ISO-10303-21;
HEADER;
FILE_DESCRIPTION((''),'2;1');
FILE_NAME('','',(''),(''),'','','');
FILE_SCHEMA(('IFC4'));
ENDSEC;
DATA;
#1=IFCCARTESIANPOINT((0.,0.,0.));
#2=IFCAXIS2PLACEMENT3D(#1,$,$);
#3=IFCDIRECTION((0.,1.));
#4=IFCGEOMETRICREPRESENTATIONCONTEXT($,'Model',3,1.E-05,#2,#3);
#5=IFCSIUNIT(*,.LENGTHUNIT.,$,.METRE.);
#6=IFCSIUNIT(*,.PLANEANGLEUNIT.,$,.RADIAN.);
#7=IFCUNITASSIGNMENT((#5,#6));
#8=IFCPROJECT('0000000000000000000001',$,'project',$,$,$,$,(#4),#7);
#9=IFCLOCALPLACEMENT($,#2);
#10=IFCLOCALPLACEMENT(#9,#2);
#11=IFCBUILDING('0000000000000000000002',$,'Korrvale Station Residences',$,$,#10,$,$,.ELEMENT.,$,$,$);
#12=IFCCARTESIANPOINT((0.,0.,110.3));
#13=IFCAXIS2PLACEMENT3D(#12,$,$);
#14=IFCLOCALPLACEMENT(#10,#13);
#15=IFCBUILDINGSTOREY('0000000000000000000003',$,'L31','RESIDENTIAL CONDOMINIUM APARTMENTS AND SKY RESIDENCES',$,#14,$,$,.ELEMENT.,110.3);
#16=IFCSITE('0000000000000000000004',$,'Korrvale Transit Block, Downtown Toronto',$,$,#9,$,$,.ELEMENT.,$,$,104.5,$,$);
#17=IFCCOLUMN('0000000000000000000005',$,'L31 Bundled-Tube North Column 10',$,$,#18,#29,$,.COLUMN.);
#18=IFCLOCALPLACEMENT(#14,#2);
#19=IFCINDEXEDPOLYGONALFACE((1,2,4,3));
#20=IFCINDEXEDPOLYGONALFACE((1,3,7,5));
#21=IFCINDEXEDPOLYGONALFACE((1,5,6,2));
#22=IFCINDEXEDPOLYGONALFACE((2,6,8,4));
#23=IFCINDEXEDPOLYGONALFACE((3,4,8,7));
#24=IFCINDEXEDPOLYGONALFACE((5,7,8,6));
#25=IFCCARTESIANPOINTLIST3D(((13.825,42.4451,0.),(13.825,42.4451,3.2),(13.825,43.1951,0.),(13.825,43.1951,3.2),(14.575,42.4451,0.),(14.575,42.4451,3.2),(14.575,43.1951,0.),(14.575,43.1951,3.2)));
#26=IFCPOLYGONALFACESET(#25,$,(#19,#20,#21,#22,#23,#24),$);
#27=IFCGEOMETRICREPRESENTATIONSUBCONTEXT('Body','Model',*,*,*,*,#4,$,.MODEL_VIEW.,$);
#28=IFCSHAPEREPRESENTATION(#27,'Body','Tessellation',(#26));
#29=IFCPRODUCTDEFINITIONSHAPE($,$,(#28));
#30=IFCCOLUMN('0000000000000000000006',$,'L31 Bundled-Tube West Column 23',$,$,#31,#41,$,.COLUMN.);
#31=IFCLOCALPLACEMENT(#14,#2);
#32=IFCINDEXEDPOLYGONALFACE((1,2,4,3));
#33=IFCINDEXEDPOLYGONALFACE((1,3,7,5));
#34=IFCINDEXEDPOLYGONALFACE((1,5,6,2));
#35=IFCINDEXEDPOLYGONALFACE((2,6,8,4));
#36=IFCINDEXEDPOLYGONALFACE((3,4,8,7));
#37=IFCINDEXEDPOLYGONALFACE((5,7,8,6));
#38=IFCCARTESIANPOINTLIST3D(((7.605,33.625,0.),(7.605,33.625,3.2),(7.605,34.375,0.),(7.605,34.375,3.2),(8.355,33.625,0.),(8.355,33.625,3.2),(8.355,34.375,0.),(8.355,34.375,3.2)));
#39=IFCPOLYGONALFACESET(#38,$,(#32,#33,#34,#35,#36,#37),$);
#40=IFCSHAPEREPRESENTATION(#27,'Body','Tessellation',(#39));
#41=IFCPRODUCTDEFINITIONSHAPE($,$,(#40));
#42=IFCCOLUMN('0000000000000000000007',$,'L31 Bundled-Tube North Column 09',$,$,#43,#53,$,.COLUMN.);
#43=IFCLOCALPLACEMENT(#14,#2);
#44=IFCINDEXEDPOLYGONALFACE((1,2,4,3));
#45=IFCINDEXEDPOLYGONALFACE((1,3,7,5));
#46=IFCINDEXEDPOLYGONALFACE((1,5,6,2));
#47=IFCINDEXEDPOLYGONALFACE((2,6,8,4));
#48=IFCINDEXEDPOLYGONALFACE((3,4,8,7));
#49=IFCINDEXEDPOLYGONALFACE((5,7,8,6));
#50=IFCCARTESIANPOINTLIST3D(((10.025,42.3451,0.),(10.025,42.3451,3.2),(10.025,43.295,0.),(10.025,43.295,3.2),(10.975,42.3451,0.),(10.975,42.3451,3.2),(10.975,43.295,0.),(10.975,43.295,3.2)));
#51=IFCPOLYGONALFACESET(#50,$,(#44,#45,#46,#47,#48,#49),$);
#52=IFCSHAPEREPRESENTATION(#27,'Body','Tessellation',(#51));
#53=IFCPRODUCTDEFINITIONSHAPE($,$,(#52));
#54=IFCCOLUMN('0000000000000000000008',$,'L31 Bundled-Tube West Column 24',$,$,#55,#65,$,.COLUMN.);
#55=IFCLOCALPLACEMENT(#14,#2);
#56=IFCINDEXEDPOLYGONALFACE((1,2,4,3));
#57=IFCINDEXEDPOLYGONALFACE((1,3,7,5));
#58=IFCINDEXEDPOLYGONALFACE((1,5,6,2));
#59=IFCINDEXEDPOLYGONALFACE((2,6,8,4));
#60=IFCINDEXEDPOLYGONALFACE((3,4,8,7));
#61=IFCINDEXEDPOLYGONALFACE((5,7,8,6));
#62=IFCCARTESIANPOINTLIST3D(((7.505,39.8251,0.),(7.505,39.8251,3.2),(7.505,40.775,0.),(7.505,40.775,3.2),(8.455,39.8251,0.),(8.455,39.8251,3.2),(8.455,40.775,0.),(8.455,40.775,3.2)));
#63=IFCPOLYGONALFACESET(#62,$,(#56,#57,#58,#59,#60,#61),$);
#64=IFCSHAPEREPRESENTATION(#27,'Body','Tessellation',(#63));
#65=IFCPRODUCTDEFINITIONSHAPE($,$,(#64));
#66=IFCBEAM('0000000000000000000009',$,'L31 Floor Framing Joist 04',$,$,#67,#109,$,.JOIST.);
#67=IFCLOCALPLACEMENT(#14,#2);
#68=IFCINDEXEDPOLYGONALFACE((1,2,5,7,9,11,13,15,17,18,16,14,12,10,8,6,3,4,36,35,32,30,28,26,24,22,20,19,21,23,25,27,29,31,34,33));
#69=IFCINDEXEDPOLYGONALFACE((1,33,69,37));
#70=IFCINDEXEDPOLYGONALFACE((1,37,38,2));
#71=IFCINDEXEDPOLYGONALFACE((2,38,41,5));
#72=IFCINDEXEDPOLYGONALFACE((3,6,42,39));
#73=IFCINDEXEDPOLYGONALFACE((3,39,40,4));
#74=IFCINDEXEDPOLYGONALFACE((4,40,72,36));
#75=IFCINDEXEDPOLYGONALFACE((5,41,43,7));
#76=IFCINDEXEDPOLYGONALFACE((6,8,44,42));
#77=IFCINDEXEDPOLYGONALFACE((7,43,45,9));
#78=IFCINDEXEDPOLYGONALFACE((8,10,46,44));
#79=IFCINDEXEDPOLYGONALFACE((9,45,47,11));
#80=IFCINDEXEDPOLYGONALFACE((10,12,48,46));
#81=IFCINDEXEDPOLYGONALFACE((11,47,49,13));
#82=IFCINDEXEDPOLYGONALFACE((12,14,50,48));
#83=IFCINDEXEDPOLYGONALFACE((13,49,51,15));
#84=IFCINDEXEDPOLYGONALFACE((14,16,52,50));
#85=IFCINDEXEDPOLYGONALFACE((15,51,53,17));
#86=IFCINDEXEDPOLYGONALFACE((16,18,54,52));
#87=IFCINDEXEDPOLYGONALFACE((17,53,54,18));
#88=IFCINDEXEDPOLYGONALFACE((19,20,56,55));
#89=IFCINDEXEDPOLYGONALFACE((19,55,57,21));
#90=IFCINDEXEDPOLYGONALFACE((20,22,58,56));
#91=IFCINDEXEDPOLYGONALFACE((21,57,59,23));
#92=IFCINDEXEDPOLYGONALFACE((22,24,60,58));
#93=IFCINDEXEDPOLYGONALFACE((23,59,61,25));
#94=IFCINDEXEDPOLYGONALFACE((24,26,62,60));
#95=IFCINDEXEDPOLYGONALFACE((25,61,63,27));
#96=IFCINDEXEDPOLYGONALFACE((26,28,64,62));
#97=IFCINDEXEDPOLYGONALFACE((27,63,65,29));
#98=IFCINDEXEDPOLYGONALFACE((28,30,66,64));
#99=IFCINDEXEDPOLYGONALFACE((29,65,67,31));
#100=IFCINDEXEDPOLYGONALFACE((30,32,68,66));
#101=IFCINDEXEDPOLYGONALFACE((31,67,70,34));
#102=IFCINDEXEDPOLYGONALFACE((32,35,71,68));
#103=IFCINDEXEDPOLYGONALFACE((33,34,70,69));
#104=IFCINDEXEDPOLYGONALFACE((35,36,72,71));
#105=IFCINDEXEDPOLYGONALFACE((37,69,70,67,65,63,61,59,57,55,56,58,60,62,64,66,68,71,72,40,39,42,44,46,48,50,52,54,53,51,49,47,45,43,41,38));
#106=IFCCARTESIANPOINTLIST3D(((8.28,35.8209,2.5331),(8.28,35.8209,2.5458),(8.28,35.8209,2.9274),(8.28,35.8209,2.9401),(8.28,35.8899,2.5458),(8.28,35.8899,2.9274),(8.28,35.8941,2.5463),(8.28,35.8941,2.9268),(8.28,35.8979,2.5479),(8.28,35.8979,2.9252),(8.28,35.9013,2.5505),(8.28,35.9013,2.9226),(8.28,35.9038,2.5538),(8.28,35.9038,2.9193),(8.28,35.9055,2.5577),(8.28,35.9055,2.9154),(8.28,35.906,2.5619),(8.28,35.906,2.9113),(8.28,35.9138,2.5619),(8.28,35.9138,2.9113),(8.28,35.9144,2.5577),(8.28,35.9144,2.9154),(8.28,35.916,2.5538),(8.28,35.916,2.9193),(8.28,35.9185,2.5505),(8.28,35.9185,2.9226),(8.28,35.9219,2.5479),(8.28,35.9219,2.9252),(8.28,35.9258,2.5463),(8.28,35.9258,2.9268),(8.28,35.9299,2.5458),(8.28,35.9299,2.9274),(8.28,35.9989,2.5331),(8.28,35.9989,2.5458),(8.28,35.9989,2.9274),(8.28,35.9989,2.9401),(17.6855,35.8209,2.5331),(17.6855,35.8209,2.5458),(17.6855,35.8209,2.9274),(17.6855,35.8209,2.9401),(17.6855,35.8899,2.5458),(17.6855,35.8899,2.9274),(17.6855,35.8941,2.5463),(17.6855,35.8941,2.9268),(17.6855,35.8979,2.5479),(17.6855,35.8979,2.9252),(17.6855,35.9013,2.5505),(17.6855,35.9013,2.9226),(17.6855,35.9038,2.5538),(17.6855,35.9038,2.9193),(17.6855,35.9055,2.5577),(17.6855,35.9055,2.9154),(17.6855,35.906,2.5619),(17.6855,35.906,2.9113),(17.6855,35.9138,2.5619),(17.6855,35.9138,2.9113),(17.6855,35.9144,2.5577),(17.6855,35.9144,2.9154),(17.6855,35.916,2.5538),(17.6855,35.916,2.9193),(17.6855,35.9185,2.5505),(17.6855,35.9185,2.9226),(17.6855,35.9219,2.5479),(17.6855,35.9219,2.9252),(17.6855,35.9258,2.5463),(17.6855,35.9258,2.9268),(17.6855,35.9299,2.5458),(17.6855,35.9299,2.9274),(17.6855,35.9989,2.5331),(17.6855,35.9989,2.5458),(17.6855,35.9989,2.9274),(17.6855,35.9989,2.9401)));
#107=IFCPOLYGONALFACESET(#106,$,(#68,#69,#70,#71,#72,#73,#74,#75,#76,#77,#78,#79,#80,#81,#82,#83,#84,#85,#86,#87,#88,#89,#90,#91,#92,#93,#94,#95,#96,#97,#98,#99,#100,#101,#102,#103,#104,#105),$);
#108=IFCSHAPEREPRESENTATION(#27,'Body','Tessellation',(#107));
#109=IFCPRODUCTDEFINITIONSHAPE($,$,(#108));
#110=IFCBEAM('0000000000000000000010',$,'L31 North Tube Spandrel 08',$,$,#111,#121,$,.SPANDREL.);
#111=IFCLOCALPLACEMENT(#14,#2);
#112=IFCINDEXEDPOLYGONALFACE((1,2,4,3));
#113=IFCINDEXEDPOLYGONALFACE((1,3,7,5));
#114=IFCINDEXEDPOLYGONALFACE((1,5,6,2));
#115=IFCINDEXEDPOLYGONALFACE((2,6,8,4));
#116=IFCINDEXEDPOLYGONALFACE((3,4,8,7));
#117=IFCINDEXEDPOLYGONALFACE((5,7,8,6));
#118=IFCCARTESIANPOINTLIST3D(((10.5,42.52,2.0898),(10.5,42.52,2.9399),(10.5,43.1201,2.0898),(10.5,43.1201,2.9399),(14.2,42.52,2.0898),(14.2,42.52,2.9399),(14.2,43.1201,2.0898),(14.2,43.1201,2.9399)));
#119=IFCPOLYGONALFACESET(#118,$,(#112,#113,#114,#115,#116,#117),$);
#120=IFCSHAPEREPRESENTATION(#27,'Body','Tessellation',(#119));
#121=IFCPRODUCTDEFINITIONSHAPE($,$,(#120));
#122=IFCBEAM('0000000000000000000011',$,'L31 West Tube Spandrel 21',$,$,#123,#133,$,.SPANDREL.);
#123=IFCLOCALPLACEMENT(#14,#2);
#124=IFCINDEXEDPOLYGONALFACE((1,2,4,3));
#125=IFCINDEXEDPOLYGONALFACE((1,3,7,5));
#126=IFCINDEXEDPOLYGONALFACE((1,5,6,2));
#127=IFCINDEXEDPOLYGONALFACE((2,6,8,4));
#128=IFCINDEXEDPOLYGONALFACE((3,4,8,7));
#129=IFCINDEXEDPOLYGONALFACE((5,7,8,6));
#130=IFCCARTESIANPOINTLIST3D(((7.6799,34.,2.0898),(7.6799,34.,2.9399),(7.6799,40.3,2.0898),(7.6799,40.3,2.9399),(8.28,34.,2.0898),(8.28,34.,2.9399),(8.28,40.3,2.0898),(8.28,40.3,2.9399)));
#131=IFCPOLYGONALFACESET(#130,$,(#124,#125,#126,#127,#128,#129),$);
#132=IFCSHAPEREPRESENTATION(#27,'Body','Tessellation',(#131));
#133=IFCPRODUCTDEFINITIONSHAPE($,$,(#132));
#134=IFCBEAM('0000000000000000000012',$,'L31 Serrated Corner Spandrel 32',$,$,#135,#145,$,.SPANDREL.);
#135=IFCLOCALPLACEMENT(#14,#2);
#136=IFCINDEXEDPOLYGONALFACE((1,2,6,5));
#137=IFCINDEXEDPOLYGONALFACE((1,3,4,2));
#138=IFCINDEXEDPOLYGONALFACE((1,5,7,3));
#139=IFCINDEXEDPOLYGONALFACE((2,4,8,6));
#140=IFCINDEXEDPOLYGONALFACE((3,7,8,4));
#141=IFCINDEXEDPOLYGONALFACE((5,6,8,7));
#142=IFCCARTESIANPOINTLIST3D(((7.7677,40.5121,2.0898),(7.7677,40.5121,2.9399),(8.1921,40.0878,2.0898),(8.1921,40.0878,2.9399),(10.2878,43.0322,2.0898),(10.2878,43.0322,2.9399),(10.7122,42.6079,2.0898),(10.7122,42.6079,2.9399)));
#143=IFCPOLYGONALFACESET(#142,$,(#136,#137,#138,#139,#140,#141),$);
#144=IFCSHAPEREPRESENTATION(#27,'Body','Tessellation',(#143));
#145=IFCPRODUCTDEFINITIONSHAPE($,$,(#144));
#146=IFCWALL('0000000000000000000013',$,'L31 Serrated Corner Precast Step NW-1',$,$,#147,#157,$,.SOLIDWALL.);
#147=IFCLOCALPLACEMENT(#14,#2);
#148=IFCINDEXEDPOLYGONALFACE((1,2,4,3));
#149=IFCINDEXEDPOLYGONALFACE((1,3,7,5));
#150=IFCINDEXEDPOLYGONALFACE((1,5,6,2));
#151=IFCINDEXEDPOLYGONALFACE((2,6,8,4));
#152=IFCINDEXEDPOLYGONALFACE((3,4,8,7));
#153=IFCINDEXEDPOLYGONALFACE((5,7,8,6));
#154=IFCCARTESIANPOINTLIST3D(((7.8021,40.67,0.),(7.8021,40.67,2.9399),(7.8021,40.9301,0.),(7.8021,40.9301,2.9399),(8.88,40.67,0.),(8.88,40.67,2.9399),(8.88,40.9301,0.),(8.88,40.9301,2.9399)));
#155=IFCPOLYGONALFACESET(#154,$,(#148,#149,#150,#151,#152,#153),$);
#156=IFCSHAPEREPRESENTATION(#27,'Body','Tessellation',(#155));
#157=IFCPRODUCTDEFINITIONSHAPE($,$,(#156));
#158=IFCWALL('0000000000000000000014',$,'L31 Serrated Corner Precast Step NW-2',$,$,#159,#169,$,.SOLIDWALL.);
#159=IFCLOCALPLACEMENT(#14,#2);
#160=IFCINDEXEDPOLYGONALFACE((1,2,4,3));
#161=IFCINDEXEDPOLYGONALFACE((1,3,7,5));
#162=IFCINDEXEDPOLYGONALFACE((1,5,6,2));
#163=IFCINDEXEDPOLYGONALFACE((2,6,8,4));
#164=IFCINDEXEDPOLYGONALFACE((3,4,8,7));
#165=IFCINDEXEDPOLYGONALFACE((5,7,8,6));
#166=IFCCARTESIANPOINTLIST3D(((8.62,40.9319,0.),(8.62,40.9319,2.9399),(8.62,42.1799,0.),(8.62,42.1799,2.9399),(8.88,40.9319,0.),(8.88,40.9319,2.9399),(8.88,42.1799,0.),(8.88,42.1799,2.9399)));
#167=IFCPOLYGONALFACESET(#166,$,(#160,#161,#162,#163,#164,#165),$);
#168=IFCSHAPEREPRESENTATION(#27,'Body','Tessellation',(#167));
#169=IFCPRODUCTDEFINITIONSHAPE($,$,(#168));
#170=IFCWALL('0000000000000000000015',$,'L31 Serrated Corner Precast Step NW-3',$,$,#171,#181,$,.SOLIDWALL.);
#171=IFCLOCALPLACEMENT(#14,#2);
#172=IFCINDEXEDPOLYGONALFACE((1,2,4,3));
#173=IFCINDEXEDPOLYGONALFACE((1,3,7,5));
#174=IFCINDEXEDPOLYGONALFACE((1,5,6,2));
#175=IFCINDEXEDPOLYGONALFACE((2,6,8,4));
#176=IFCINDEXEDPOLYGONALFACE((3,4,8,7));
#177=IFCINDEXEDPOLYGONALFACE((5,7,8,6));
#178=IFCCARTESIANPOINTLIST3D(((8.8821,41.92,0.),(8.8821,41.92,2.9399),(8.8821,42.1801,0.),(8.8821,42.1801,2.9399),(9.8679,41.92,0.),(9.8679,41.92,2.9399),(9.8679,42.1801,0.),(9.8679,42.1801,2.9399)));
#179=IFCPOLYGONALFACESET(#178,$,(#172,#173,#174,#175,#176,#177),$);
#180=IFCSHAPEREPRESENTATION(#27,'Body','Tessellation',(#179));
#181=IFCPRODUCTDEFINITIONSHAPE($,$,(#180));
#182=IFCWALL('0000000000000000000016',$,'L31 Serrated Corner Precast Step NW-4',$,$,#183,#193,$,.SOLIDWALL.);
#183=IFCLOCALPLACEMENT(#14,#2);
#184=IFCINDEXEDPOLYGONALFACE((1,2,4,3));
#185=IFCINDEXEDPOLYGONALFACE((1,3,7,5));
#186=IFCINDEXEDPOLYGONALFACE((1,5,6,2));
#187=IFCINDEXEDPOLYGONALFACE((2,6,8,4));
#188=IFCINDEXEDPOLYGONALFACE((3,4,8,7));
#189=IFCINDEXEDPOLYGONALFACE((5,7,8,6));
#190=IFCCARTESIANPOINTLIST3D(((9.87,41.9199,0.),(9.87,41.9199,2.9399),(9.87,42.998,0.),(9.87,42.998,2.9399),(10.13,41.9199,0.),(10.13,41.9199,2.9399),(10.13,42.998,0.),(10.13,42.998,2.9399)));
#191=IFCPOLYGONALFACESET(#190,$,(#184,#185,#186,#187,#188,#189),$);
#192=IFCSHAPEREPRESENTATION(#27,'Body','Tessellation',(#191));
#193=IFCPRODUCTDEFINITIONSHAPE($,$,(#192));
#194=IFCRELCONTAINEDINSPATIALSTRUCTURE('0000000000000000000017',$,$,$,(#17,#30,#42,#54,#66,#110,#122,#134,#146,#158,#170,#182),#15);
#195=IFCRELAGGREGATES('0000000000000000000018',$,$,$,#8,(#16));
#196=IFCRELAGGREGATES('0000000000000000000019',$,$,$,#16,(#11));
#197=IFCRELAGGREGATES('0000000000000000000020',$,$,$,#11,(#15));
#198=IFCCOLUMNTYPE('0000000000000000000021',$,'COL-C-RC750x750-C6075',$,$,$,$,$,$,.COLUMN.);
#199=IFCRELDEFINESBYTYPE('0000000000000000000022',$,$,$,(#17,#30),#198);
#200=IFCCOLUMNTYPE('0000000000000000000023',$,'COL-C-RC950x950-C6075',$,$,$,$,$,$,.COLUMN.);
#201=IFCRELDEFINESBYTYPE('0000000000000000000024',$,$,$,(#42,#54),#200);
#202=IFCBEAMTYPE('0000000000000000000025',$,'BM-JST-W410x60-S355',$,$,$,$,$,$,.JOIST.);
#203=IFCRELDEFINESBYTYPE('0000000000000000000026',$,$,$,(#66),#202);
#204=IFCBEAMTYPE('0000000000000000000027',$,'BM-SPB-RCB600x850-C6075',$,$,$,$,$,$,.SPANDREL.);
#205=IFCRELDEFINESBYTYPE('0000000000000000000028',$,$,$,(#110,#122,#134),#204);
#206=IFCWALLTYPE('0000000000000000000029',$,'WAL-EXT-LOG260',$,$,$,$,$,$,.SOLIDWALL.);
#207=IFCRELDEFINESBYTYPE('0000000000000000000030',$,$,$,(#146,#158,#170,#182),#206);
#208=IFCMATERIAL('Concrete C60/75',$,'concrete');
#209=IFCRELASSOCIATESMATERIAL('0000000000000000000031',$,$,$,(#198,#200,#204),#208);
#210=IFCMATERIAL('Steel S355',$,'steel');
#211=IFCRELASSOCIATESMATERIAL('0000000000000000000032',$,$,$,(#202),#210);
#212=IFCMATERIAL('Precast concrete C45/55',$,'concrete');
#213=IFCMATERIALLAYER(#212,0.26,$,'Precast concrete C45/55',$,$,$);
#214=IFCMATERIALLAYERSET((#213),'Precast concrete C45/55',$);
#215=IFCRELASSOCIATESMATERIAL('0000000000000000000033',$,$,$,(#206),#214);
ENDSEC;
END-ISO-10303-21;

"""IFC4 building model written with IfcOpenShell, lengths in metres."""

from ifc_helpers import new_model, si_unit, direction, frame, frame_2d, origin, origin_2d, place, context, subcontext, project, spatial, rectangle, i_section, extrude, material, layer, layer_set, material_profile, profile_set, type_object, element, save


model = new_model("IFC4")

# Units and contexts
model_context = context("Model", 3, precision=1e-05, world=origin(), true_north=direction((0.0, 1.0)))
body_context = subcontext(model_context, "Body", "Model", "MODEL_VIEW")
ifc_project = project(units=[si_unit("LENGTHUNIT", "METRE"), si_unit("PLANEANGLEUNIT", "RADIAN")], contexts=[model_context])

# Site, building, storey
site_placement = place(None, origin())
site = spatial("IfcSite", under=ifc_project, at=site_placement, Name="Korrvale Transit Block, Downtown Toronto", CompositionType="ELEMENT", RefElevation=104.5)
building_placement = place(site_placement, origin())
building = spatial("IfcBuilding", under=site, at=building_placement, Name="Korrvale Station Residences", CompositionType="ELEMENT")
storey_placement = place(building_placement, frame((0.0, 0.0, 110.3)))
storey = spatial("IfcBuildingStorey", under=building, at=storey_placement, Name="L31", Description="RESIDENTIAL CONDOMINIUM APARTMENTS AND SKY RESIDENCES", CompositionType="ELEMENT", Elevation=110.3)

# Columns
ifc_material_1 = material(Name="Concrete C60/75", Category="concrete")
ifc_material_profile_1 = material_profile(ifc_material_1, rectangle(XDim=0.75, YDim=0.75, at=origin_2d()), Name="RC750x750")
ifc_profile_set_1 = profile_set([ifc_material_profile_1], Name="Concrete C60/75")
column_type_1 = type_object("IfcColumnType", Name="COL-C-RC750x750-C6075", PredefinedType="COLUMN", material=ifc_profile_set_1)
for number, where, z_axis, x_axis, name in (
    (1, (14.2, 42.8201, 0.0), (0.0, 0.0, 1.0), (1.0, 0.0, 0.0), "L31 Bundled-Tube North Column 10"),
    (2, (7.98, 34.0, 0.0), (0.0, 0.0, 1.0), (1.0, 0.0, 0.0), "L31 Bundled-Tube West Column 23"),
):
    element("IfcColumn", number, at=place(storey_placement, frame(where, z_axis=z_axis, x_axis=x_axis)), inside=storey, type_object=column_type_1, Name=name, PredefinedType="COLUMN", context=body_context, shape_type="SweptSolid", body=[
        extrude(rectangle(XDim=0.75, YDim=0.75, at=origin_2d()), origin(), (0.0, 0.0, 1.0), 3.2),
    ])
ifc_material_profile_2 = material_profile(ifc_material_1, rectangle(XDim=0.95, YDim=0.95, at=origin_2d()), Name="RC950x950")
ifc_profile_set_2 = profile_set([ifc_material_profile_2], Name="Concrete C60/75")
column_type_2 = type_object("IfcColumnType", Name="COL-C-RC950x950-C6075", PredefinedType="COLUMN", material=ifc_profile_set_2)
for number, where, z_axis, x_axis, name in (
    (3, (10.5, 42.8201, 0.0), (0.0, 0.0, 1.0), (1.0, 0.0, 0.0), "L31 Bundled-Tube North Column 09"),
    (4, (7.98, 40.3, 0.0), (0.0, 0.0, 1.0), (1.0, 0.0, 0.0), "L31 Bundled-Tube West Column 24"),
):
    element("IfcColumn", number, at=place(storey_placement, frame(where, z_axis=z_axis, x_axis=x_axis)), inside=storey, type_object=column_type_2, Name=name, PredefinedType="COLUMN", context=body_context, shape_type="SweptSolid", body=[
        extrude(rectangle(XDim=0.95, YDim=0.95, at=origin_2d()), origin(), (0.0, 0.0, 1.0), 3.2),
    ])

# Beams
ifc_material_2 = material(Name="Steel S355", Category="steel")
ifc_material_profile_3 = material_profile(ifc_material_2, i_section(OverallWidth=0.178, OverallDepth=0.407, WebThickness=0.0078, FlangeThickness=0.0127, FilletRadius=0.0161, at=origin_2d()), Name="W410x60")
ifc_profile_set_3 = profile_set([ifc_material_profile_3], Name="Steel S355")
beam_type_1 = type_object("IfcBeamType", Name="BM-JST-W410x60-S355", PredefinedType="JOIST", material=ifc_profile_set_3)
beam_1_placement = place(storey_placement, frame((8.28, 35.9099, 2.7366), z_axis=(1.0, 0.0, 0.0), x_axis=(0.0, 1.0, 0.0)))
element("IfcBeam", 5, at=beam_1_placement, inside=storey, type_object=beam_type_1, Name="L31 Floor Framing Joist 04", PredefinedType="JOIST", context=body_context, shape_type="SweptSolid", body=[
    extrude(i_section(OverallWidth=0.178, OverallDepth=0.407, WebThickness=0.0078, FlangeThickness=0.0127, FilletRadius=0.0161, at=origin_2d()), origin(), (0.0, 0.0, 1.0), 9.4055),
])
ifc_material_profile_4 = material_profile(ifc_material_1, rectangle(XDim=0.6001, YDim=0.8501, at=origin_2d()), Name="RCB600x850")
ifc_profile_set_4 = profile_set([ifc_material_profile_4], Name="Concrete C60/75")
beam_type_2 = type_object("IfcBeamType", Name="BM-SPB-RCB600x850-C6075", PredefinedType="SPANDREL", material=ifc_profile_set_4)
beam_2_placement = place(storey_placement, frame((10.5, 42.8201, 2.5149), z_axis=(1.0, 0.0, 0.0), x_axis=(0.0, 1.0, 0.0)))
element("IfcBeam", 6, at=beam_2_placement, inside=storey, type_object=beam_type_2, Name="L31 North Tube Spandrel 08", PredefinedType="SPANDREL", context=body_context, shape_type="SweptSolid", body=[
    extrude(rectangle(XDim=0.6001, YDim=0.8501, at=origin_2d()), origin(), (0.0, 0.0, 1.0), 3.7),
])
beam_3_placement = place(storey_placement, frame((7.98, 34.0, 2.5149), z_axis=(0.0, 1.0, 0.0), x_axis=(-1.0, 0.0, 0.0)))
element("IfcBeam", 7, at=beam_3_placement, inside=storey, type_object=beam_type_2, Name="L31 West Tube Spandrel 21", PredefinedType="SPANDREL", context=body_context, shape_type="SweptSolid", body=[
    extrude(rectangle(XDim=0.6001, YDim=0.8501, at=origin_2d()), origin(), (0.0, 0.0, 1.0), 6.3),
])
beam_4_placement = place(storey_placement, frame((10.5, 42.8201, 2.5149), z_axis=(-0.707107, -0.707107, 0.0), x_axis=(0.707107, -0.707107, 0.0)))
element("IfcBeam", 8, at=beam_4_placement, inside=storey, type_object=beam_type_2, Name="L31 Serrated Corner Spandrel 32", PredefinedType="SPANDREL", context=body_context, shape_type="SweptSolid", body=[
    extrude(rectangle(XDim=0.6001, YDim=0.8501, at=origin_2d()), origin(), (0.0, 0.0, 1.0), 3.564),
])

# Walls
ifc_material_3 = material(Name="Precast concrete C45/55", Category="concrete")
ifc_layer_1 = layer(ifc_material_3, 0.26, Name="Precast concrete C45/55")
ifc_layer_set_1 = layer_set([ifc_layer_1], Name="Precast concrete C45/55")
wall_type_1 = type_object("IfcWallType", Name="WAL-EXT-LOG260", PredefinedType="SOLIDWALL", material=ifc_layer_set_1)
wall_1_placement = place(storey_placement, frame((7.802, 40.8, 0.0), z_axis=(0.0, 0.0, 1.0), x_axis=(1.0, 0.0, 0.0)))
element("IfcWall", 9, at=wall_1_placement, inside=storey, type_object=wall_type_1, Name="L31 Serrated Corner Precast Step NW-1", PredefinedType="SOLIDWALL", context=body_context, shape_type="SweptSolid", body=[
    extrude(rectangle(XDim=1.0779, YDim=0.26, at=frame_2d((0.5391, 0.0))), origin(), (0.0, 0.0, 1.0), 2.9399),
])
wall_2_placement = place(storey_placement, frame((8.75, 40.9319, 0.0), z_axis=(0.0, 0.0, 1.0), x_axis=(0.0, 1.0, 0.0)))
element("IfcWall", 10, at=wall_2_placement, inside=storey, type_object=wall_type_1, Name="L31 Serrated Corner Precast Step NW-2", PredefinedType="SOLIDWALL", context=body_context, shape_type="SweptSolid", body=[
    extrude(rectangle(XDim=1.248, YDim=0.26, at=frame_2d((0.624, 0.0))), origin(), (0.0, 0.0, 1.0), 2.9399),
])
wall_3_placement = place(storey_placement, frame((8.8821, 42.05, 0.0), z_axis=(0.0, 0.0, 1.0), x_axis=(1.0, 0.0, 0.0)))
element("IfcWall", 11, at=wall_3_placement, inside=storey, type_object=wall_type_1, Name="L31 Serrated Corner Precast Step NW-3", PredefinedType="SOLIDWALL", context=body_context, shape_type="SweptSolid", body=[
    extrude(rectangle(XDim=0.9858, YDim=0.26, at=frame_2d((0.4929, 0.0))), origin(), (0.0, 0.0, 1.0), 2.9399),
])
wall_4_placement = place(storey_placement, frame((10.0, 41.9199, 0.0), z_axis=(0.0, 0.0, 1.0), x_axis=(0.0, 1.0, 0.0)))
element("IfcWall", 12, at=wall_4_placement, inside=storey, type_object=wall_type_1, Name="L31 Serrated Corner Precast Step NW-4", PredefinedType="SOLIDWALL", context=body_context, shape_type="SweptSolid", body=[
    extrude(rectangle(XDim=1.0781, YDim=0.26, at=frame_2d((0.5391, 0.0))), origin(), (0.0, 0.0, 1.0), 2.9399),
])

save(model, "model.ifc")
